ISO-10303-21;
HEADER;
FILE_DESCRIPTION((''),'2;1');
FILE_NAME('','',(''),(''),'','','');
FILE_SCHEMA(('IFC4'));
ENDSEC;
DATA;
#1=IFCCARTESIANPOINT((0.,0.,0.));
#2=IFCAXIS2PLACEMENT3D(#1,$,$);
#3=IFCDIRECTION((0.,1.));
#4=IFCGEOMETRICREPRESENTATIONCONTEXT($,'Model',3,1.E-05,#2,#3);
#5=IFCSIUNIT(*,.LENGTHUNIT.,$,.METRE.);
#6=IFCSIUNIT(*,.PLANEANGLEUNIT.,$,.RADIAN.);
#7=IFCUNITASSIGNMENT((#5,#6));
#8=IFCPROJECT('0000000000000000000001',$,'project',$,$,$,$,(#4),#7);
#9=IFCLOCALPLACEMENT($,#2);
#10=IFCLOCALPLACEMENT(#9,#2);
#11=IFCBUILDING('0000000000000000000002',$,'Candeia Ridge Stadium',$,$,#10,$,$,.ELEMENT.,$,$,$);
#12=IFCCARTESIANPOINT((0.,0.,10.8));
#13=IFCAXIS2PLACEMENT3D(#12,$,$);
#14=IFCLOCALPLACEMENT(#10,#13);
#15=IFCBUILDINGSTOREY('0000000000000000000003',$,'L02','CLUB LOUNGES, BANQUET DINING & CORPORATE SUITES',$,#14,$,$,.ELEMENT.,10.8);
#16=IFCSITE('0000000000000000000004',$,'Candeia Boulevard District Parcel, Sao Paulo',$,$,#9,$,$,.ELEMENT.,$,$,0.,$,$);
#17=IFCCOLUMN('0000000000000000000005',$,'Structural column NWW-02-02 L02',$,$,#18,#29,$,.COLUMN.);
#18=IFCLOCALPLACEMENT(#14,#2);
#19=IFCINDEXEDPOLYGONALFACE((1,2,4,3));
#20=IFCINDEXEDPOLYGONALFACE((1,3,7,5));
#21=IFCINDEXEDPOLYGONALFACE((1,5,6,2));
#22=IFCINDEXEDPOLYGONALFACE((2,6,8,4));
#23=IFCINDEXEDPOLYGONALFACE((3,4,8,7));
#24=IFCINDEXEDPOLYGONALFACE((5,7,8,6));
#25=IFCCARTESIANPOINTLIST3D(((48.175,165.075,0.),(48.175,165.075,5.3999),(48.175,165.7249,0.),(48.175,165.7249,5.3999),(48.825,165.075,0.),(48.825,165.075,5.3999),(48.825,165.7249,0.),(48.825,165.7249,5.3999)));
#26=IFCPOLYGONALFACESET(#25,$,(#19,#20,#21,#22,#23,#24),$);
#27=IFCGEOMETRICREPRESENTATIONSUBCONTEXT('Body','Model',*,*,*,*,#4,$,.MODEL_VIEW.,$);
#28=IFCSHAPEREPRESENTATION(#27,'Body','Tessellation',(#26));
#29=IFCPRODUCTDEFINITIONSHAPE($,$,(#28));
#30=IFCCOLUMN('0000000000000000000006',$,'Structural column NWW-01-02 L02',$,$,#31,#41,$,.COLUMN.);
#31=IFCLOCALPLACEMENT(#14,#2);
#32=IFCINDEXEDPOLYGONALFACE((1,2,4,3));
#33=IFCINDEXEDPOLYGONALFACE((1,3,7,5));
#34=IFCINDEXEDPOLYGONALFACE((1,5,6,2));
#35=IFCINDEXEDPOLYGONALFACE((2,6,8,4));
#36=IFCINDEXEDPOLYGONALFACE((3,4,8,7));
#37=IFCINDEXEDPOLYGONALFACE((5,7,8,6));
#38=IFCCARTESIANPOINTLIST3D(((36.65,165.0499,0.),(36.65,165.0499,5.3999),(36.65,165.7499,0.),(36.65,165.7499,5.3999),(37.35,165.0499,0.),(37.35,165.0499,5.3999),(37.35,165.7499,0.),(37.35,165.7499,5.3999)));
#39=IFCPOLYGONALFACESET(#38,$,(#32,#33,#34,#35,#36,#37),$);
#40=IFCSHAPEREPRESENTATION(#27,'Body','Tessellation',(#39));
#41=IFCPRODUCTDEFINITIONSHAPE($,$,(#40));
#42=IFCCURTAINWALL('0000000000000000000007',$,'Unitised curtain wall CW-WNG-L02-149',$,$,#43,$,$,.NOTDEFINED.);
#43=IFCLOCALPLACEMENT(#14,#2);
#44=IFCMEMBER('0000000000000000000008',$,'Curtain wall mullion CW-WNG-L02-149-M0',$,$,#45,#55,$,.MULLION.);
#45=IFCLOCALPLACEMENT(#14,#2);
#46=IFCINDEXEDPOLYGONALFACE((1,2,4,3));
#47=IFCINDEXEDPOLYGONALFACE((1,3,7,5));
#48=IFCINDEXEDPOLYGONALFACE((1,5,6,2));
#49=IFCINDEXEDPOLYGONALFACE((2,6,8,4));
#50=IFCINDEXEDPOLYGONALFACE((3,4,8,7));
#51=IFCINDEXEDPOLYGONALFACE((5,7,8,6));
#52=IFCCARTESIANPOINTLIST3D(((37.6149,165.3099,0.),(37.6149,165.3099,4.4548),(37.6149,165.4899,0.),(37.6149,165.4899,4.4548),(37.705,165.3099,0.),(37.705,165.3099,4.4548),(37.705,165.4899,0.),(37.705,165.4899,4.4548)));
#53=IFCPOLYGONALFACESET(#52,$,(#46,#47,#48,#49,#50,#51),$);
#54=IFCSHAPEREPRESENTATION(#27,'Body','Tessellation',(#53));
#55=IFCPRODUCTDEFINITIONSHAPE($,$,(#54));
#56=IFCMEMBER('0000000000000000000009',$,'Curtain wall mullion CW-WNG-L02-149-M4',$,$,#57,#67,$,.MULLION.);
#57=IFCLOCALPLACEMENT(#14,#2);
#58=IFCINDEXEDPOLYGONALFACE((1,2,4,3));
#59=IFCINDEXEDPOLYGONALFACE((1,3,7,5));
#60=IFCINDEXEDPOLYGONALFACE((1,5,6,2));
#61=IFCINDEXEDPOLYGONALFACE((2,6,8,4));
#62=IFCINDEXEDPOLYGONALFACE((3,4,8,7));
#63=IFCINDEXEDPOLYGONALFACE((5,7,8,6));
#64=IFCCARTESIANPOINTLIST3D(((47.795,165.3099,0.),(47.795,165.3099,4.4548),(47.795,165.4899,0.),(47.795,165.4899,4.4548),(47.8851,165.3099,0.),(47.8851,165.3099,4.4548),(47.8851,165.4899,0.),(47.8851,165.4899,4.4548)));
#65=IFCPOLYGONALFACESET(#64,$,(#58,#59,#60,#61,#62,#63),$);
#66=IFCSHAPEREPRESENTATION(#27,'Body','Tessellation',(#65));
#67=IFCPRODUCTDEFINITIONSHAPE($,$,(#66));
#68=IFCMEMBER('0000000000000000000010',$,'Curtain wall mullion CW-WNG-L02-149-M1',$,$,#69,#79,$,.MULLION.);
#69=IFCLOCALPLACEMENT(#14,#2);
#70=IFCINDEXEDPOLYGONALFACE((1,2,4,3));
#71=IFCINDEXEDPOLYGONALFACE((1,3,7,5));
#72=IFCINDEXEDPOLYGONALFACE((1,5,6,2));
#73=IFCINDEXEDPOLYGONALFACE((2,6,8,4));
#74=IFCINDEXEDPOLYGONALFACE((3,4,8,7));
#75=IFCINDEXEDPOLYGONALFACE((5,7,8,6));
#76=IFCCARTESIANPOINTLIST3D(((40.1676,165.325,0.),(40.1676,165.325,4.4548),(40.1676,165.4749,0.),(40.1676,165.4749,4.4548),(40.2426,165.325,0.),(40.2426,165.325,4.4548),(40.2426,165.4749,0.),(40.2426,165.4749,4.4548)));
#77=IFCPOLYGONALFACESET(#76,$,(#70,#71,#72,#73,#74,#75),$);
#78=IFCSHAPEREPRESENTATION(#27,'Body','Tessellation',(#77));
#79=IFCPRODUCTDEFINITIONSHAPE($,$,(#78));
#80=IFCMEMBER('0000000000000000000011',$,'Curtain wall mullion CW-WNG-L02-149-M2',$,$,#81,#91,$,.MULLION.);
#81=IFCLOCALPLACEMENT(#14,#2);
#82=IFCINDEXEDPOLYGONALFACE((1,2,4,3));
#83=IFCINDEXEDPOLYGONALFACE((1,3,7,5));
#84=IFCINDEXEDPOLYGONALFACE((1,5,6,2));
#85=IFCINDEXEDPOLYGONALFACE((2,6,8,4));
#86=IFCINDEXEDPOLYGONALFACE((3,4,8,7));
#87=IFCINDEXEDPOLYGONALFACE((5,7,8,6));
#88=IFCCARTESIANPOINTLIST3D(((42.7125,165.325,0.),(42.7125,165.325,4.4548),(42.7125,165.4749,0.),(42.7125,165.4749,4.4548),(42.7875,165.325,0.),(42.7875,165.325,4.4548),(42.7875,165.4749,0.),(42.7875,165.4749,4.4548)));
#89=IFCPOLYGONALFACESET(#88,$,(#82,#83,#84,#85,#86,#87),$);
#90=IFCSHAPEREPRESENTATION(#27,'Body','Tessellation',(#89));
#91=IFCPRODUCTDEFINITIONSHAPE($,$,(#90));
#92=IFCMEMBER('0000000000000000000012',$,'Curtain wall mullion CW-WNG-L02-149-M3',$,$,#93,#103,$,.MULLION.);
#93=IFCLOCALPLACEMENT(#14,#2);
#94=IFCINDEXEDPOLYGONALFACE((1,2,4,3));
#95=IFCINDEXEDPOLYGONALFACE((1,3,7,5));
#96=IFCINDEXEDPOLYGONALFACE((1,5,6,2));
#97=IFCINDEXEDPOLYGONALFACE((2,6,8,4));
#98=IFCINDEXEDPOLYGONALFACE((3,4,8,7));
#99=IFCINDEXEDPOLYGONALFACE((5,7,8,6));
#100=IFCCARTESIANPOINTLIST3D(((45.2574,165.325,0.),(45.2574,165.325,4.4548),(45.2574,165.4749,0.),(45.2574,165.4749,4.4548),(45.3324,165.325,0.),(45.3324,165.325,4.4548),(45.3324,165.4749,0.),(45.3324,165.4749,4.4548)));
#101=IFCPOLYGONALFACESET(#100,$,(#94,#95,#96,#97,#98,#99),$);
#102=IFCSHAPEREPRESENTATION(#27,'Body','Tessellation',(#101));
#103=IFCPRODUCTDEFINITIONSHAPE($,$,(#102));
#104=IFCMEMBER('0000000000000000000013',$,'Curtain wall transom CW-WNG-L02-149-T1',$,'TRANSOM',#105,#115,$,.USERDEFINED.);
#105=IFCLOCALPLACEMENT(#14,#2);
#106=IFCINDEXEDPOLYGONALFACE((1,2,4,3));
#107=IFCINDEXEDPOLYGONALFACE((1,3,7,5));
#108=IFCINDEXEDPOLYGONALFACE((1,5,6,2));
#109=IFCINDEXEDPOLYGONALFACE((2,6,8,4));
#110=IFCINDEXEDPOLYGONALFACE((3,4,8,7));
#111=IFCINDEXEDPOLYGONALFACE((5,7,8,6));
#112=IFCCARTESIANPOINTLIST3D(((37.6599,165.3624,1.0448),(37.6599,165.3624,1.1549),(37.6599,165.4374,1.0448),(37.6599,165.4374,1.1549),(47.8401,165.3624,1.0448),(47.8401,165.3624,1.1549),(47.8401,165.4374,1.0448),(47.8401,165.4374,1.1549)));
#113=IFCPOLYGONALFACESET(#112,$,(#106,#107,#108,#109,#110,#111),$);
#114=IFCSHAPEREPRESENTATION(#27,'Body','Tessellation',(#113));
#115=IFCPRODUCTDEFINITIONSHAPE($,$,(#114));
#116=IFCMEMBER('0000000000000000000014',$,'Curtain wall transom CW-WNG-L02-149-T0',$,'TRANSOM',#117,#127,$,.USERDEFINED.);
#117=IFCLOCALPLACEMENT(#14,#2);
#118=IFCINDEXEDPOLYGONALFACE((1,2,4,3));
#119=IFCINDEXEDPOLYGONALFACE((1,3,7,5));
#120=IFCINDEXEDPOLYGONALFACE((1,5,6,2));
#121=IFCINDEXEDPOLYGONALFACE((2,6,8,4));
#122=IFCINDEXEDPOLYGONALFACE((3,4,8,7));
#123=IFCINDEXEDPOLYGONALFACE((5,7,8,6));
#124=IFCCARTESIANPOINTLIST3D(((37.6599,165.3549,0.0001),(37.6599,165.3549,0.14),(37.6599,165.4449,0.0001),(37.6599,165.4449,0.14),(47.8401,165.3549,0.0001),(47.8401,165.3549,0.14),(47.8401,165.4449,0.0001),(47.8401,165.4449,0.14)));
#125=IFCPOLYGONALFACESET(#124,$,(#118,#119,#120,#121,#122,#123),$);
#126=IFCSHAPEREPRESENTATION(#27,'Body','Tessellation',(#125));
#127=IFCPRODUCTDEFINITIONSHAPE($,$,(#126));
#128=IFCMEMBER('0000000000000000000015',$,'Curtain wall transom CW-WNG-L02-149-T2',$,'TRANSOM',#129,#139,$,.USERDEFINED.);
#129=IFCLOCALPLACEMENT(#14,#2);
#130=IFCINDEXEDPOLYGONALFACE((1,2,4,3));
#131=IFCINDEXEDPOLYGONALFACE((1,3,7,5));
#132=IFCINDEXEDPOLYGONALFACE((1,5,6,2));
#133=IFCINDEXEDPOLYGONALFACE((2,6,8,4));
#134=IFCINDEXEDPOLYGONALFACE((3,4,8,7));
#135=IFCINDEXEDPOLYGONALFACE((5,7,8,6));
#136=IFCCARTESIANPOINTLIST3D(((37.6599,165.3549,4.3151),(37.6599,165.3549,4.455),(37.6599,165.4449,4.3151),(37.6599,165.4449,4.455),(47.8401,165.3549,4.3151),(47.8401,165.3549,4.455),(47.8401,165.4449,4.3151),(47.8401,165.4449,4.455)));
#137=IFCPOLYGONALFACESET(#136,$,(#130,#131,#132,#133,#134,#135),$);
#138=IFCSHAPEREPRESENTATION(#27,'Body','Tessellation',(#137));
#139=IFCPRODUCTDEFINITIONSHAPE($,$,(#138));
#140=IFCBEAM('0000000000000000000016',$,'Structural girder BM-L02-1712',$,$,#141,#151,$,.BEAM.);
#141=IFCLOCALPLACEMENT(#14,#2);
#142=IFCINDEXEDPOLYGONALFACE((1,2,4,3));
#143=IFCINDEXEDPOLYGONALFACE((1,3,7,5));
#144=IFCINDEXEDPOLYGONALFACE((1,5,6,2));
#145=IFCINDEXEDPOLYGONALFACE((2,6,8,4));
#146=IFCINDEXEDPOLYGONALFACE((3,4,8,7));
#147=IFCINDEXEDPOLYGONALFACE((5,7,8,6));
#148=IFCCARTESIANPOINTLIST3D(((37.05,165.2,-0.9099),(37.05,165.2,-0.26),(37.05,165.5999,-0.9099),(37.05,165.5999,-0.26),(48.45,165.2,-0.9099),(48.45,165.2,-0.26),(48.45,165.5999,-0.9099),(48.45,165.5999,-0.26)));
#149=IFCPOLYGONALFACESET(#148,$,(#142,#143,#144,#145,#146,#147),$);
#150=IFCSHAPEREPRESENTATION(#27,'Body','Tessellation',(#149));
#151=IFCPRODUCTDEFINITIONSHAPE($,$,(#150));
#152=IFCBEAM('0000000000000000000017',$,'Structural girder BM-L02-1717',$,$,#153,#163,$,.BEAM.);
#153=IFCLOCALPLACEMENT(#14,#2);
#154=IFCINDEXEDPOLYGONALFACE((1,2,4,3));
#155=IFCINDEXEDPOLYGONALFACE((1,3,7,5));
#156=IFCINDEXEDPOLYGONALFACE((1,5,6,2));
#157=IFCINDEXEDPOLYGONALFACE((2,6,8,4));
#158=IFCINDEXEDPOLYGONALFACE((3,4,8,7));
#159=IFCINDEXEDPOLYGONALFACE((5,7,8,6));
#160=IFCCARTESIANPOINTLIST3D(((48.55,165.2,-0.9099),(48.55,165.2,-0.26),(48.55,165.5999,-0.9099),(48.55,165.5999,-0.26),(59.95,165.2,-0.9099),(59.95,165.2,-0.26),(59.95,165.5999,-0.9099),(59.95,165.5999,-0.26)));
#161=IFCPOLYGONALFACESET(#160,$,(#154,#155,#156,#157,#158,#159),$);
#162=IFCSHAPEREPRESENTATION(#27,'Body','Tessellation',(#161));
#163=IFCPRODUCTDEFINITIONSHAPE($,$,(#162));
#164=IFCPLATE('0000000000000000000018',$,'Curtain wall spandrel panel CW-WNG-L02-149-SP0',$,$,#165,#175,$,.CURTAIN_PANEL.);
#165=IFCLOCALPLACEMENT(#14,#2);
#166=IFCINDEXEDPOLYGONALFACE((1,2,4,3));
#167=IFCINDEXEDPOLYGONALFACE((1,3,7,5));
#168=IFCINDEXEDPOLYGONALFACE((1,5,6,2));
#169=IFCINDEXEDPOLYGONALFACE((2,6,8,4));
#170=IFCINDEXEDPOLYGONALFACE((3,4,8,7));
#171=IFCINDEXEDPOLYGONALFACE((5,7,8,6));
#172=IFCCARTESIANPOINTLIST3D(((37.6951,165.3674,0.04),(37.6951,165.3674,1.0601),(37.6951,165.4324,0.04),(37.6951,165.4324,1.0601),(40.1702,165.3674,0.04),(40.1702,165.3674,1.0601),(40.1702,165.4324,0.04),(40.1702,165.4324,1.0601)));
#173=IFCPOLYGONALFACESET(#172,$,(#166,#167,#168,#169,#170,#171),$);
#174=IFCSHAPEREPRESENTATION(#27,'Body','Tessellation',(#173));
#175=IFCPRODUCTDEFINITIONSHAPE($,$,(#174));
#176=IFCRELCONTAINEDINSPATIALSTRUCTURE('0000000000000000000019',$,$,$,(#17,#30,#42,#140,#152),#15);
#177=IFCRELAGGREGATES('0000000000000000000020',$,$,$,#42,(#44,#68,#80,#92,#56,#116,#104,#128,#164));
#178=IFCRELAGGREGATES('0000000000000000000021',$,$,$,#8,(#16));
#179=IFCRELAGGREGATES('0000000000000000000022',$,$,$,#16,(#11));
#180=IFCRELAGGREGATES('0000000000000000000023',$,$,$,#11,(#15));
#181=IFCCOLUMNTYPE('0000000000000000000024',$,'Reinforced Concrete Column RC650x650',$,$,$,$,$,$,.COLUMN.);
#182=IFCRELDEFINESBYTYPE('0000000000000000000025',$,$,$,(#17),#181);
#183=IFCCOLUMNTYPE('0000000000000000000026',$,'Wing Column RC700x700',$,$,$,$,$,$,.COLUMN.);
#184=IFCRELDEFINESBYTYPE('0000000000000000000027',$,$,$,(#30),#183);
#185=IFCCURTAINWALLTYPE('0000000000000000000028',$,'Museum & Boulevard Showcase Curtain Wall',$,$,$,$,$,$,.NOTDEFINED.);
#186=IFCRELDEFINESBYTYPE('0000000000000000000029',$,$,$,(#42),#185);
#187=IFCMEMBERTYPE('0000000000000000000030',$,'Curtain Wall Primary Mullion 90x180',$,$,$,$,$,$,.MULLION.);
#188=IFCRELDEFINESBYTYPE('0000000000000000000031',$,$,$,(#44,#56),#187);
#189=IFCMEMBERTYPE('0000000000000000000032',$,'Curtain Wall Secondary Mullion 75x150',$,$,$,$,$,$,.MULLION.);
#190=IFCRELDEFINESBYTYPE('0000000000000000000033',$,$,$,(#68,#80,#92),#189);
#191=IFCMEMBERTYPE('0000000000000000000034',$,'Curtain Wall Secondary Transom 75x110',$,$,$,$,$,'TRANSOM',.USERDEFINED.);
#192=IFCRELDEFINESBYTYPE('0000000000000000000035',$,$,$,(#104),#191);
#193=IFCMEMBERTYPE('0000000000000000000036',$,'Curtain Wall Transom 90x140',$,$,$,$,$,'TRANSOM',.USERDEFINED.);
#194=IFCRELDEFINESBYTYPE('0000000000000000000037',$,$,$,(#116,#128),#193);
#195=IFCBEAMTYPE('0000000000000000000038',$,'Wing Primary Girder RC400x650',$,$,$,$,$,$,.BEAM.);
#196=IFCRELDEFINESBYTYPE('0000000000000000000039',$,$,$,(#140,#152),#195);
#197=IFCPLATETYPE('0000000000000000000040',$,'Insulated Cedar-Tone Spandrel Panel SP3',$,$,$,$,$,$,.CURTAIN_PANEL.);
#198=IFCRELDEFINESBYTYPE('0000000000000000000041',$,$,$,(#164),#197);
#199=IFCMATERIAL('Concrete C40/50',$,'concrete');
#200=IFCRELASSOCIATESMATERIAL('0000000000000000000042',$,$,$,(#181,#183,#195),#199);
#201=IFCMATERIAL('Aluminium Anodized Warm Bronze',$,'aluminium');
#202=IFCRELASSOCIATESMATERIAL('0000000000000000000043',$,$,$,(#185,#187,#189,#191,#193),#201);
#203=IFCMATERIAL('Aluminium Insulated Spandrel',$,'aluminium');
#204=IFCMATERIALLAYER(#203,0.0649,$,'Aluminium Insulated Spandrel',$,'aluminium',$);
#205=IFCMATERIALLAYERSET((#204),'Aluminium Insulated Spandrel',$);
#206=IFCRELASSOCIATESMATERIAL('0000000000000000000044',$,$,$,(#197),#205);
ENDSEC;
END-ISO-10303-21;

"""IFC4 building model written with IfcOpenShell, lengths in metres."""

from ifc_helpers import new_model, si_unit, direction, frame, origin, origin_2d, place, context, subcontext, project, spatial, rectangle, extrude, material, layer, layer_set, material_profile, profile_set, type_object, element, aggregate, save


model = new_model("IFC4")

# Units and contexts
model_context = context("Model", 3, precision=1e-05, world=origin(), true_north=direction((0.0, 1.0)))
body_context = subcontext(model_context, "Body", "Model", "MODEL_VIEW")
ifc_project = project(units=[si_unit("LENGTHUNIT", "METRE"), si_unit("PLANEANGLEUNIT", "RADIAN")], contexts=[model_context])

# Site, building, storey
site_placement = place(None, origin())
site = spatial("IfcSite", under=ifc_project, at=site_placement, Name="Candeia Boulevard District Parcel, Sao Paulo", CompositionType="ELEMENT", RefElevation=0.0)
building_placement = place(site_placement, origin())
building = spatial("IfcBuilding", under=site, at=building_placement, Name="Candeia Ridge Stadium", CompositionType="ELEMENT")
storey_placement = place(building_placement, frame((0.0, 0.0, 10.8)))
storey = spatial("IfcBuildingStorey", under=building, at=storey_placement, Name="L02", Description="CLUB LOUNGES, BANQUET DINING & CORPORATE SUITES", CompositionType="ELEMENT", Elevation=10.8)

# Columns
ifc_material_1 = material(Name="Concrete C40/50", Category="concrete")
ifc_material_profile_1 = material_profile(ifc_material_1, rectangle(XDim=0.6499, YDim=0.6499, at=origin_2d()), Name="RC650x650", Category="concrete")
ifc_profile_set_1 = profile_set([ifc_material_profile_1], Name="Concrete C40/50")
column_type_1 = type_object("IfcColumnType", Name="Reinforced Concrete Column RC650x650", PredefinedType="COLUMN", material=ifc_profile_set_1)
column_1_placement = place(storey_placement, frame((48.5, 165.3999, 0.0), z_axis=(0.0, 0.0, 1.0), x_axis=(1.0, 0.0, 0.0)))
element("IfcColumn", 1, at=column_1_placement, inside=storey, type_object=column_type_1, Name="Structural column NWW-02-02 L02", PredefinedType="COLUMN", context=body_context, shape_type="SweptSolid", body=[
    extrude(rectangle(XDim=0.6499, YDim=0.6499, at=origin_2d()), origin(), (0.0, 0.0, 1.0), 5.3999),
])
ifc_material_profile_2 = material_profile(ifc_material_1, rectangle(XDim=0.7, YDim=0.7, at=origin_2d()), Name="RC700x700", Category="concrete")
ifc_profile_set_2 = profile_set([ifc_material_profile_2], Name="Concrete C40/50")
column_type_2 = type_object("IfcColumnType", Name="Wing Column RC700x700", PredefinedType="COLUMN", material=ifc_profile_set_2)
column_2_placement = place(storey_placement, frame((37.0, 165.3999, 0.0), z_axis=(0.0, 0.0, 1.0), x_axis=(1.0, 0.0, 0.0)))
element("IfcColumn", 2, at=column_2_placement, inside=storey, type_object=column_type_2, Name="Structural column NWW-01-02 L02", PredefinedType="COLUMN", context=body_context, shape_type="SweptSolid", body=[
    extrude(rectangle(XDim=0.7, YDim=0.7, at=origin_2d()), origin(), (0.0, 0.0, 1.0), 5.3999),
])

# Curtain wall, members
ifc_material_2 = material(Name="Aluminium Anodized Warm Bronze", Category="aluminium")
curtain_wall_type = type_object("IfcCurtainWallType", Name="Museum & Boulevard Showcase Curtain Wall", PredefinedType="NOTDEFINED", material=ifc_material_2)
curtain_wall_placement = place(storey_placement, origin())
curtain_wall = element("IfcCurtainWall", 3, at=curtain_wall_placement, inside=storey, type_object=curtain_wall_type, Name="Unitised curtain wall CW-WNG-L02-149", PredefinedType="NOTDEFINED")
ifc_material_profile_3 = material_profile(ifc_material_2, rectangle(XDim=0.0901, YDim=0.1799, at=origin_2d()), Name="CWM-90x180", Category="aluminium")
ifc_profile_set_3 = profile_set([ifc_material_profile_3], Name="Aluminium Anodized Warm Bronze")
member_type_1 = type_object("IfcMemberType", Name="Curtain Wall Primary Mullion 90x180", PredefinedType="MULLION", material=ifc_profile_set_3)
member_1_placement = place(storey_placement, frame((37.6599, 165.3999, 0.0), z_axis=(0.0, 0.0, 1.0), x_axis=(1.0, 0.0, 0.0)))
member_1 = element("IfcMember", 4, at=member_1_placement, type_object=member_type_1, Name="Curtain wall mullion CW-WNG-L02-149-M0", PredefinedType="MULLION", context=body_context, shape_type="SweptSolid", body=[
    extrude(rectangle(XDim=0.0901, YDim=0.1799, at=origin_2d()), origin(), (0.0, 0.0, 1.0), 4.4548),
])
member_2_placement = place(storey_placement, frame((47.8401, 165.3999, 0.0), z_axis=(0.0, 0.0, 1.0), x_axis=(1.0, 0.0, 0.0)))
member_2 = element("IfcMember", 5, at=member_2_placement, type_object=member_type_1, Name="Curtain wall mullion CW-WNG-L02-149-M4", PredefinedType="MULLION", context=body_context, shape_type="SweptSolid", body=[
    extrude(rectangle(XDim=0.0901, YDim=0.1799, at=origin_2d()), origin(), (0.0, 0.0, 1.0), 4.4548),
])
ifc_material_profile_4 = material_profile(ifc_material_2, rectangle(XDim=0.075, YDim=0.1499, at=origin_2d()), Name="CWM-75x150", Category="aluminium")
ifc_profile_set_4 = profile_set([ifc_material_profile_4], Name="Aluminium Anodized Warm Bronze")
member_type_2 = type_object("IfcMemberType", Name="Curtain Wall Secondary Mullion 75x150", PredefinedType="MULLION", material=ifc_profile_set_4)
member_3_placement = place(storey_placement, frame((40.2051, 165.3999, 0.0), z_axis=(0.0, 0.0, 1.0), x_axis=(1.0, 0.0, 0.0)))
member_3 = element("IfcMember", 6, at=member_3_placement, type_object=member_type_2, Name="Curtain wall mullion CW-WNG-L02-149-M1", PredefinedType="MULLION", context=body_context, shape_type="SweptSolid", body=[
    extrude(rectangle(XDim=0.075, YDim=0.1499, at=origin_2d()), origin(), (0.0, 0.0, 1.0), 4.4548),
])
member_4_placement = place(storey_placement, frame((42.75, 165.3999, 0.0), z_axis=(0.0, 0.0, 1.0), x_axis=(1.0, 0.0, 0.0)))
member_4 = element("IfcMember", 7, at=member_4_placement, type_object=member_type_2, Name="Curtain wall mullion CW-WNG-L02-149-M2", PredefinedType="MULLION", context=body_context, shape_type="SweptSolid", body=[
    extrude(rectangle(XDim=0.075, YDim=0.1499, at=origin_2d()), origin(), (0.0, 0.0, 1.0), 4.4548),
])
member_5_placement = place(storey_placement, frame((45.2949, 165.3999, 0.0), z_axis=(0.0, 0.0, 1.0), x_axis=(1.0, 0.0, 0.0)))
member_5 = element("IfcMember", 8, at=member_5_placement, type_object=member_type_2, Name="Curtain wall mullion CW-WNG-L02-149-M3", PredefinedType="MULLION", context=body_context, shape_type="SweptSolid", body=[
    extrude(rectangle(XDim=0.075, YDim=0.1499, at=origin_2d()), origin(), (0.0, 0.0, 1.0), 4.4548),
])
ifc_material_profile_5 = material_profile(ifc_material_2, rectangle(XDim=0.075, YDim=0.1101, at=origin_2d()), Name="CWT-75x110", Category="aluminium")
ifc_profile_set_5 = profile_set([ifc_material_profile_5], Name="Aluminium Anodized Warm Bronze")
member_type_3 = type_object("IfcMemberType", Name="Curtain Wall Secondary Transom 75x110", ElementType="TRANSOM", PredefinedType="USERDEFINED", material=ifc_profile_set_5)
member_6_placement = place(storey_placement, frame((37.6599, 165.3999, 1.0999), z_axis=(1.0, 0.0, 0.0), x_axis=(0.0, 1.0, 0.0)))
member_6 = element("IfcMember", 9, at=member_6_placement, type_object=member_type_3, Name="Curtain wall transom CW-WNG-L02-149-T1", ObjectType="TRANSOM", PredefinedType="USERDEFINED", context=body_context, shape_type="SweptSolid", body=[
    extrude(rectangle(XDim=0.075, YDim=0.1101, at=origin_2d()), origin(), (0.0, 0.0, 1.0), 10.1802),
])
ifc_material_profile_6 = material_profile(ifc_material_2, rectangle(XDim=0.0901, YDim=0.1399, at=origin_2d()), Name="CWT-90x140", Category="aluminium")
ifc_profile_set_6 = profile_set([ifc_material_profile_6], Name="Aluminium Anodized Warm Bronze")
member_type_4 = type_object("IfcMemberType", Name="Curtain Wall Transom 90x140", ElementType="TRANSOM", PredefinedType="USERDEFINED", material=ifc_profile_set_6)
member_7_placement = place(storey_placement, frame((37.6599, 165.3999, 0.0701), z_axis=(1.0, 0.0, 0.0), x_axis=(0.0, 1.0, 0.0)))
member_7 = element("IfcMember", 10, at=member_7_placement, type_object=member_type_4, Name="Curtain wall transom CW-WNG-L02-149-T0", ObjectType="TRANSOM", PredefinedType="USERDEFINED", context=body_context, shape_type="SweptSolid", body=[
    extrude(rectangle(XDim=0.0901, YDim=0.1399, at=origin_2d()), origin(), (0.0, 0.0, 1.0), 10.1802),
])
member_8_placement = place(storey_placement, frame((37.6599, 165.3999, 4.385), z_axis=(1.0, 0.0, 0.0), x_axis=(0.0, 1.0, 0.0)))
member_8 = element("IfcMember", 11, at=member_8_placement, type_object=member_type_4, Name="Curtain wall transom CW-WNG-L02-149-T2", ObjectType="TRANSOM", PredefinedType="USERDEFINED", context=body_context, shape_type="SweptSolid", body=[
    extrude(rectangle(XDim=0.0901, YDim=0.1399, at=origin_2d()), origin(), (0.0, 0.0, 1.0), 10.1802),
])

# Beams
ifc_material_profile_7 = material_profile(ifc_material_1, rectangle(XDim=0.3999, YDim=0.6499, at=origin_2d()), Name="RC400x650", Category="concrete")
ifc_profile_set_7 = profile_set([ifc_material_profile_7], Name="Concrete C40/50")
beam_type = type_object("IfcBeamType", Name="Wing Primary Girder RC400x650", PredefinedType="BEAM", material=ifc_profile_set_7)
for number, where, z_axis, x_axis, name in (
    (12, (37.05, 165.3999, -0.585), (1.0, 0.0, 0.0), (0.0, 1.0, 0.0), "Structural girder BM-L02-1712"),
    (13, (48.55, 165.3999, -0.585), (1.0, 0.0, 0.0), (0.0, 1.0, 0.0), "Structural girder BM-L02-1717"),
):
    element("IfcBeam", number, at=place(storey_placement, frame(where, z_axis=z_axis, x_axis=x_axis)), inside=storey, type_object=beam_type, Name=name, PredefinedType="BEAM", context=body_context, shape_type="SweptSolid", body=[
        extrude(rectangle(XDim=0.3999, YDim=0.6499, at=origin_2d()), origin(), (0.0, 0.0, 1.0), 11.3999),
    ])

# Plate
ifc_material_3 = material(Name="Aluminium Insulated Spandrel", Category="aluminium")
ifc_layer_1 = layer(ifc_material_3, 0.0649, Name="Aluminium Insulated Spandrel", Category="aluminium")
ifc_layer_set_1 = layer_set([ifc_layer_1], Name="Aluminium Insulated Spandrel")
plate_type_1 = type_object("IfcPlateType", Name="Insulated Cedar-Tone Spandrel Panel SP3", PredefinedType="CURTAIN_PANEL", material=ifc_layer_set_1)
plate_1_placement = place(storey_placement, frame((38.9326, 165.3999, 0.04), z_axis=(0.0, 0.0, 1.0), x_axis=(1.0, 0.0, 0.0)))
plate_1 = element("IfcPlate", 14, at=plate_1_placement, type_object=plate_type_1, Name="Curtain wall spandrel panel CW-WNG-L02-149-SP0", PredefinedType="CURTAIN_PANEL", context=body_context, shape_type="SweptSolid", body=[
    extrude(rectangle(XDim=2.4751, YDim=0.0649, at=origin_2d()), origin(), (0.0, 0.0, 1.0), 1.02),
])
aggregate(curtain_wall, [member_1, member_3, member_4, member_5, member_2, member_7, member_6, member_8, plate_1])

save(model, "model.ifc")
